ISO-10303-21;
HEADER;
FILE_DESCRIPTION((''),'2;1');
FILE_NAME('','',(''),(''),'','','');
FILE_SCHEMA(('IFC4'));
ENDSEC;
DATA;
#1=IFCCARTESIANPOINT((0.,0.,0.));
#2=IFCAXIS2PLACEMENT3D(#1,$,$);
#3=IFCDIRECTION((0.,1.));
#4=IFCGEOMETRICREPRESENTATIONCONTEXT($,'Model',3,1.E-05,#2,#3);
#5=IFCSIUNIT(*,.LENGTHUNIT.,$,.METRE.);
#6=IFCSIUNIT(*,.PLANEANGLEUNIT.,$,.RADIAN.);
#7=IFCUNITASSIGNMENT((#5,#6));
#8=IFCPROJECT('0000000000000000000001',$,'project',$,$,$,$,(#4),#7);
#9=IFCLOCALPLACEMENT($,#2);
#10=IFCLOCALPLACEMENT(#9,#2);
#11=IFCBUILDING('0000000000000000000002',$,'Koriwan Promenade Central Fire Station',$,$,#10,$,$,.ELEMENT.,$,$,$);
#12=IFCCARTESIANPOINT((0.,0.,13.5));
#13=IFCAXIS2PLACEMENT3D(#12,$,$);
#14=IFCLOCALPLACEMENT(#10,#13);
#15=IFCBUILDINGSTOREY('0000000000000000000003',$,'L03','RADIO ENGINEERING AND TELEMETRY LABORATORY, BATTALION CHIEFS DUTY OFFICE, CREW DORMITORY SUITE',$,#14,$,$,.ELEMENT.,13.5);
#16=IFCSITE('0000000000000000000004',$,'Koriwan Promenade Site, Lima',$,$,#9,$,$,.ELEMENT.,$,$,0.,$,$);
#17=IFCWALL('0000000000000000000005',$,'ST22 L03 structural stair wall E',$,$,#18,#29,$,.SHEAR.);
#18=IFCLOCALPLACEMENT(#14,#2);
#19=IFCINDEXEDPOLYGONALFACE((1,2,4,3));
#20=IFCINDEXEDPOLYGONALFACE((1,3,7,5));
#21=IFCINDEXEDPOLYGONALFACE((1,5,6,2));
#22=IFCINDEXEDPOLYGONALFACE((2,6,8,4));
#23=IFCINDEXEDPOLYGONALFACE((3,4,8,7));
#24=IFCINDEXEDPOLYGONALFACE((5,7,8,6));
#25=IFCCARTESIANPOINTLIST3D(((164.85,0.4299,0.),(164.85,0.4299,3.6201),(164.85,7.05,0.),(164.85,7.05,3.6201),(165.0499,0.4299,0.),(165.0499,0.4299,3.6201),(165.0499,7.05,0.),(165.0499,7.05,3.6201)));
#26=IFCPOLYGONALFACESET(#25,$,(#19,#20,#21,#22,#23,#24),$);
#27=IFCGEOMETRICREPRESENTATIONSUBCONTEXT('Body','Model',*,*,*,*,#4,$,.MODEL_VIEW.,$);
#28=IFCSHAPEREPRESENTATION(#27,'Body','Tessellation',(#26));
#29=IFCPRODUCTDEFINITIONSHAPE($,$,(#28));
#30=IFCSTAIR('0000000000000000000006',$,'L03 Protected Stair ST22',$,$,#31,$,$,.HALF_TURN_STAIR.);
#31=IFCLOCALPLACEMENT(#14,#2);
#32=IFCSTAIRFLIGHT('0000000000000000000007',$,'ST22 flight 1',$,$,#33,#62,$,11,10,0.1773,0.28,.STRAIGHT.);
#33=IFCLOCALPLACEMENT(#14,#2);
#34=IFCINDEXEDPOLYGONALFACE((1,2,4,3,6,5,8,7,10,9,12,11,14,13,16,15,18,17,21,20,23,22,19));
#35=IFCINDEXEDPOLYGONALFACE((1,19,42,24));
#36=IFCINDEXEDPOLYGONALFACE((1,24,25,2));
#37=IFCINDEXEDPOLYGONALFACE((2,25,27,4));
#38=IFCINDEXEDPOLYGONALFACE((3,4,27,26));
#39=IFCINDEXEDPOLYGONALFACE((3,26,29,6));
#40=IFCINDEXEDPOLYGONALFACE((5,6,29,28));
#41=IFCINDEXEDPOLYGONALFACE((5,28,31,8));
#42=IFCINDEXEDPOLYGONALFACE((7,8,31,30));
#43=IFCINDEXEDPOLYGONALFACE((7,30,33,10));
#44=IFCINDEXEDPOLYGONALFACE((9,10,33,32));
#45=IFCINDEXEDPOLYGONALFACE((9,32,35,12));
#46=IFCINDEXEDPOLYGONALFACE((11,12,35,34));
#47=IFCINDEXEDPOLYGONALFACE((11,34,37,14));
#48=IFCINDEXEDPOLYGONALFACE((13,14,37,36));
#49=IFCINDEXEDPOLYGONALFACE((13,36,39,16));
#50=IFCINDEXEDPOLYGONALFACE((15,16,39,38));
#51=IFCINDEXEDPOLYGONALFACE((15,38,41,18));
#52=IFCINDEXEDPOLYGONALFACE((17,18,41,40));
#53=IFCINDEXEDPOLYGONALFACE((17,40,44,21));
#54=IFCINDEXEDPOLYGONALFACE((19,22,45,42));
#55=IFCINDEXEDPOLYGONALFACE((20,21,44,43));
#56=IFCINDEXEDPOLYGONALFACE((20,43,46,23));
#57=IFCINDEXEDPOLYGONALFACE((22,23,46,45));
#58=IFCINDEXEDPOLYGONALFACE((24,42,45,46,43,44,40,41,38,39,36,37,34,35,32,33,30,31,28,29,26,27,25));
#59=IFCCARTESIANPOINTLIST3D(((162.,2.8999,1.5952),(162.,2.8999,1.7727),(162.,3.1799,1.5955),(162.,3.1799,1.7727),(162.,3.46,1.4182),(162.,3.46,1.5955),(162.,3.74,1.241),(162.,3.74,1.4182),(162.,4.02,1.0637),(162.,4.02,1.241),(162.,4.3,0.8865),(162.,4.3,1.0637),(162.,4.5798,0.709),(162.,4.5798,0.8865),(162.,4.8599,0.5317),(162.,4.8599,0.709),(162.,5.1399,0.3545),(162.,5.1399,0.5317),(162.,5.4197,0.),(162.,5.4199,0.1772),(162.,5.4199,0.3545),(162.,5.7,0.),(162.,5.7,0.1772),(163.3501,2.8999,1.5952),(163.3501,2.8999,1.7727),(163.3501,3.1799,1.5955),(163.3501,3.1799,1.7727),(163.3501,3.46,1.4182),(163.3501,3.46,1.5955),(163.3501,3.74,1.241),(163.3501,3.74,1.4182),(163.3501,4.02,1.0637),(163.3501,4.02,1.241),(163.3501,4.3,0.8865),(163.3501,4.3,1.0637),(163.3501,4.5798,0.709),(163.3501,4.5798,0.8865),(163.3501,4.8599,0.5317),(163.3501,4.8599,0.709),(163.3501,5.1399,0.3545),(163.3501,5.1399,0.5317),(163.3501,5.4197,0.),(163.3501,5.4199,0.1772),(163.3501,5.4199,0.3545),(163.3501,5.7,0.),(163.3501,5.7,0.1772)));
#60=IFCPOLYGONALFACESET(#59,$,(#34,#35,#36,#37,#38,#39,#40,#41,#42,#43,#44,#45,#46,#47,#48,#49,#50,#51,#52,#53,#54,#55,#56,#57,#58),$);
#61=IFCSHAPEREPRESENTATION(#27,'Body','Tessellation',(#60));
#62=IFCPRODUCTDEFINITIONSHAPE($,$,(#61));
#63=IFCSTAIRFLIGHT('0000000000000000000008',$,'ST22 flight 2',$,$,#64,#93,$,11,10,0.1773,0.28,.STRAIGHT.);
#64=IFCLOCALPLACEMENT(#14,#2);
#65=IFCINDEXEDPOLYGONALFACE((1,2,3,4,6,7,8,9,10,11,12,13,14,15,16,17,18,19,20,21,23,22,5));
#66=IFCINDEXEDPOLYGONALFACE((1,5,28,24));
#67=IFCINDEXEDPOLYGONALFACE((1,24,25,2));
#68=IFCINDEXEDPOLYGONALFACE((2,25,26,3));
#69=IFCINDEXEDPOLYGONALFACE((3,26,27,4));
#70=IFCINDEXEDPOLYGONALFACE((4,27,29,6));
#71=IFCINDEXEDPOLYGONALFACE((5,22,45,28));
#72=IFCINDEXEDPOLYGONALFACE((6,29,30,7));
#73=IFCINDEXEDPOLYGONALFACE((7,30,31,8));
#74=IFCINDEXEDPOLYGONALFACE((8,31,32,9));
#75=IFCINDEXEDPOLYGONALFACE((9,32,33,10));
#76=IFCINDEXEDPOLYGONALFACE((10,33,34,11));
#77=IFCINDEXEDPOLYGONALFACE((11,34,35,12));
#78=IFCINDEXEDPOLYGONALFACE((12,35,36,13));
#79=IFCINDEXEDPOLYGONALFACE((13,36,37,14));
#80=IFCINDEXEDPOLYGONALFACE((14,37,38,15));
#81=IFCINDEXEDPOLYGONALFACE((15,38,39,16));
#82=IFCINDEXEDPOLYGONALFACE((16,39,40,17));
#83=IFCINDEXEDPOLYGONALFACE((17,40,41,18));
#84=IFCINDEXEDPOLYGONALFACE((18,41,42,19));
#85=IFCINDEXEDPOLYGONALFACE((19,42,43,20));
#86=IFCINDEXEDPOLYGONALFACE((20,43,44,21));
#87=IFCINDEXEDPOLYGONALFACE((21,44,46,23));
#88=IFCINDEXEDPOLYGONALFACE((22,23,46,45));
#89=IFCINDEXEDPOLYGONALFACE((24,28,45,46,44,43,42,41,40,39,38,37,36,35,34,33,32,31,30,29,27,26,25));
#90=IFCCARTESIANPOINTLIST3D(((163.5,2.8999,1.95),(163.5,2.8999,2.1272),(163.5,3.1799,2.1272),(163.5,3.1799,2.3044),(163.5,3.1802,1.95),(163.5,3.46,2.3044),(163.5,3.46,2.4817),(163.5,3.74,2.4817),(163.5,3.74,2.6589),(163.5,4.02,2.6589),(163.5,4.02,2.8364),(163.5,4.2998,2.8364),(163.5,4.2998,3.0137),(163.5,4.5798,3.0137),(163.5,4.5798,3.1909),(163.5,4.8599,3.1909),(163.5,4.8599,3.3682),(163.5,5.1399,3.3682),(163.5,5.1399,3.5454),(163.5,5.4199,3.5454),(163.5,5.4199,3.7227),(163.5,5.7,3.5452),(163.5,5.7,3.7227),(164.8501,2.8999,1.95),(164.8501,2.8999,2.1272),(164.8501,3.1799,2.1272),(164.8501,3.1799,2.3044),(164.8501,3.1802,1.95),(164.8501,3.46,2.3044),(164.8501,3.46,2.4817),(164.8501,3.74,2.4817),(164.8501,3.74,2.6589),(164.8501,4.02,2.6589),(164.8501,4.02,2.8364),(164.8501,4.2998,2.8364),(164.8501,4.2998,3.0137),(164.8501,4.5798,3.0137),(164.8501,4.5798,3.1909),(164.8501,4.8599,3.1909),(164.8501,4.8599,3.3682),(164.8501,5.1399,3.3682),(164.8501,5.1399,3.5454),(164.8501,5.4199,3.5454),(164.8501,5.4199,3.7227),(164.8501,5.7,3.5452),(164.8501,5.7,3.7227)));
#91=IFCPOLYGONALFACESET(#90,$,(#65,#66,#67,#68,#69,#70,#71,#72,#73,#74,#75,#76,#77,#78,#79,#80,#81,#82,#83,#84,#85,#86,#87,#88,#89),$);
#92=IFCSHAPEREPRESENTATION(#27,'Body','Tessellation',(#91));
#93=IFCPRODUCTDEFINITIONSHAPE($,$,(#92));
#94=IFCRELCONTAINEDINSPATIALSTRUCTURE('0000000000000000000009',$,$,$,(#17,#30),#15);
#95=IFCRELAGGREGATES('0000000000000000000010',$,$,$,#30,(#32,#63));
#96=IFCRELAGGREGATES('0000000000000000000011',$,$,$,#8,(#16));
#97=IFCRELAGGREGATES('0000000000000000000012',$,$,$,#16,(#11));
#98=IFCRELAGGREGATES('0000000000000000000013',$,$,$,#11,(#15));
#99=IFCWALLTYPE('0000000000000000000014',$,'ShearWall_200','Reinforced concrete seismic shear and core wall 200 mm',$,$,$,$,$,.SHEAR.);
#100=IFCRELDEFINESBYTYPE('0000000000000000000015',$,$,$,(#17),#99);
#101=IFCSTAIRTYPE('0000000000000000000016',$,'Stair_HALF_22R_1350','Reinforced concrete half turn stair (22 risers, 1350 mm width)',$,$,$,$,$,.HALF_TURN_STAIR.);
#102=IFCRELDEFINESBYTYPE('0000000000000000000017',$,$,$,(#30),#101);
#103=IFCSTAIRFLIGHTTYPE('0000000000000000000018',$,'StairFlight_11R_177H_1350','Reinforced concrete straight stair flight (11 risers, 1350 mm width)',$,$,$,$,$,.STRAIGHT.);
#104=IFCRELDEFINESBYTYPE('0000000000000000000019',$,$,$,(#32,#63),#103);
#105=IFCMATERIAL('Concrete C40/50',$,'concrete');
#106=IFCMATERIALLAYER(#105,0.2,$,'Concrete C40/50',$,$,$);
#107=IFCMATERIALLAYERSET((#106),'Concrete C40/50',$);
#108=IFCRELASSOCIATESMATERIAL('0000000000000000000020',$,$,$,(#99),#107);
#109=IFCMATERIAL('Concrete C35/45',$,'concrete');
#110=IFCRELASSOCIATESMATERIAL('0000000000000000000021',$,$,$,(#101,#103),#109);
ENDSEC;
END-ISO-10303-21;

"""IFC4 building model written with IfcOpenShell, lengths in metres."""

from ifc_helpers import new_model, si_unit, direction, frame, frame_2d, origin, place, context, subcontext, project, spatial, polyline, rectangle, outline, extrude, material, layer, layer_set, type_object, element, aggregate, save


model = new_model("IFC4")

# Units and contexts
model_context = context("Model", 3, precision=1e-05, world=origin(), true_north=direction((0.0, 1.0)))
body_context = subcontext(model_context, "Body", "Model", "MODEL_VIEW")
ifc_project = project(units=[si_unit("LENGTHUNIT", "METRE"), si_unit("PLANEANGLEUNIT", "RADIAN")], contexts=[model_context])

# Site, building, storey
site_placement = place(None, origin())
site = spatial("IfcSite", under=ifc_project, at=site_placement, Name="Koriwan Promenade Site, Lima", CompositionType="ELEMENT", RefElevation=0.0)
building_placement = place(site_placement, origin())
building = spatial("IfcBuilding", under=site, at=building_placement, Name="Koriwan Promenade Central Fire Station", CompositionType="ELEMENT")
storey_placement = place(building_placement, frame((0.0, 0.0, 13.5)))
storey = spatial("IfcBuildingStorey", under=building, at=storey_placement, Name="L03", Description="RADIO ENGINEERING AND TELEMETRY LABORATORY, BATTALION CHIEFS DUTY OFFICE, CREW DORMITORY SUITE", CompositionType="ELEMENT", Elevation=13.5)

# Shared definitions
ifc_material_1 = material(Name="Concrete C40/50", Category="concrete")

# Shared definitions
ifc_material_2 = material(Name="Concrete C35/45", Category="concrete")

# Shared definitions
ifc_layer_1 = layer(ifc_material_1, 0.2, Name="Concrete C40/50")
ifc_layer_set_1 = layer_set([ifc_layer_1], Name="Concrete C40/50")
wall_type_1 = type_object("IfcWallType", Name="ShearWall_200", Description="Reinforced concrete seismic shear and core wall 200 mm", PredefinedType="SHEAR", material=ifc_layer_set_1)

# Wall
for number, where, z_axis, x_axis, name in (
    (1, (164.95, 0.4299, 0.0), (0.0, 0.0, 1.0), (0.0, 1.0, 0.0), "ST22 L03 structural stair wall E"),
):
    element("IfcWall", number, at=place(storey_placement, frame(where, z_axis=z_axis, x_axis=x_axis)), inside=storey, type_object=wall_type_1, Name=name, PredefinedType="SHEAR", context=body_context, shape_type="SweptSolid", body=[
        extrude(rectangle(XDim=6.6201, YDim=0.2, at=frame_2d((3.3101, 0.0))), origin(), (0.0, 0.0, 1.0), 3.6201),
    ])

# Stair, stair flights
stair_type = type_object("IfcStairType", Name="Stair_HALF_22R_1350", Description="Reinforced concrete half turn stair (22 risers, 1350 mm width)", PredefinedType="HALF_TURN_STAIR", material=ifc_material_2)
stair_placement = place(storey_placement, origin())
stair = element("IfcStair", 2, at=stair_placement, inside=storey, type_object=stair_type, Name="L03 Protected Stair ST22", PredefinedType="HALF_TURN_STAIR")
stair_flight_type = type_object("IfcStairFlightType", Name="StairFlight_11R_177H_1350", Description="Reinforced concrete straight stair flight (11 risers, 1350 mm width)", PredefinedType="STRAIGHT", material=ifc_material_2)
stair_flight_1_placement = place(storey_placement, frame((162.675, 5.7, 0.0), z_axis=(0.0, 0.0, 1.0), x_axis=(0.0, -1.0, 0.0)))
stair_flight_1 = element("IfcStairFlight", 3, at=stair_flight_1_placement, type_object=stair_flight_type, Name="ST22 flight 1", NumberOfRisers=11, NumberOfTreads=10, PredefinedType="STRAIGHT", RiserHeight=0.1773, TreadLength=0.28, context=body_context, shape_type="SweptSolid", body=[
    extrude(outline(polyline([(0.0, 0.0), (0.0, 0.1772), (0.28, 0.1772), (0.28, 0.3545), (0.5601, 0.3545), (0.5601, 0.5317), (0.8401, 0.5317), (0.8401, 0.709), (1.1201, 0.709), (1.1201, 0.8865), (1.3999, 0.8865), (1.3999, 1.0637), (1.6799, 1.0637), (1.6799, 1.241), (1.96, 1.241), (1.96, 1.4182), (2.24, 1.4182), (2.24, 1.5955), (2.52, 1.5955), (2.52, 1.7727), (2.8, 1.7727), (2.8, 1.95), (2.8, 1.5952), (0.2803, 0.0), (0.0, 0.0)])), frame((0.0, 0.675, 0.0), z_axis=(0.0, -1.0, 0.0), x_axis=(1.0, 0.0, 0.0)), (0.0, 0.0, 1.0), 1.3501),
])
stair_flight_2_placement = place(storey_placement, frame((164.175, 2.8999, 1.95), z_axis=(0.0, 0.0, 1.0), x_axis=(0.0, 1.0, 0.0)))
stair_flight_2 = element("IfcStairFlight", 4, at=stair_flight_2_placement, type_object=stair_flight_type, Name="ST22 flight 2", NumberOfRisers=11, NumberOfTreads=10, PredefinedType="STRAIGHT", RiserHeight=0.1773, TreadLength=0.28, context=body_context, shape_type="SweptSolid", body=[
    extrude(outline(polyline([(0.0, 0.0), (0.0, 0.1772), (0.28, 0.1772), (0.28, 0.3545), (0.5601, 0.3545), (0.5601, 0.5317), (0.8401, 0.5317), (0.8401, 0.709), (1.1201, 0.709), (1.1201, 0.8865), (1.3999, 0.8865), (1.3999, 1.0637), (1.6799, 1.0637), (1.6799, 1.241), (1.96, 1.241), (1.96, 1.4182), (2.24, 1.4182), (2.24, 1.5955), (2.52, 1.5955), (2.52, 1.7727), (2.8, 1.7727), (2.8, 1.95), (2.8, 1.5952), (0.2803, 0.0), (0.0, 0.0)])), frame((0.0, 0.675, 0.0), z_axis=(0.0, -1.0, 0.0), x_axis=(1.0, 0.0, 0.0)), (0.0, 0.0, 1.0), 1.3501),
])
aggregate(stair, [stair_flight_1, stair_flight_2])

save(model, "model.ifc")
